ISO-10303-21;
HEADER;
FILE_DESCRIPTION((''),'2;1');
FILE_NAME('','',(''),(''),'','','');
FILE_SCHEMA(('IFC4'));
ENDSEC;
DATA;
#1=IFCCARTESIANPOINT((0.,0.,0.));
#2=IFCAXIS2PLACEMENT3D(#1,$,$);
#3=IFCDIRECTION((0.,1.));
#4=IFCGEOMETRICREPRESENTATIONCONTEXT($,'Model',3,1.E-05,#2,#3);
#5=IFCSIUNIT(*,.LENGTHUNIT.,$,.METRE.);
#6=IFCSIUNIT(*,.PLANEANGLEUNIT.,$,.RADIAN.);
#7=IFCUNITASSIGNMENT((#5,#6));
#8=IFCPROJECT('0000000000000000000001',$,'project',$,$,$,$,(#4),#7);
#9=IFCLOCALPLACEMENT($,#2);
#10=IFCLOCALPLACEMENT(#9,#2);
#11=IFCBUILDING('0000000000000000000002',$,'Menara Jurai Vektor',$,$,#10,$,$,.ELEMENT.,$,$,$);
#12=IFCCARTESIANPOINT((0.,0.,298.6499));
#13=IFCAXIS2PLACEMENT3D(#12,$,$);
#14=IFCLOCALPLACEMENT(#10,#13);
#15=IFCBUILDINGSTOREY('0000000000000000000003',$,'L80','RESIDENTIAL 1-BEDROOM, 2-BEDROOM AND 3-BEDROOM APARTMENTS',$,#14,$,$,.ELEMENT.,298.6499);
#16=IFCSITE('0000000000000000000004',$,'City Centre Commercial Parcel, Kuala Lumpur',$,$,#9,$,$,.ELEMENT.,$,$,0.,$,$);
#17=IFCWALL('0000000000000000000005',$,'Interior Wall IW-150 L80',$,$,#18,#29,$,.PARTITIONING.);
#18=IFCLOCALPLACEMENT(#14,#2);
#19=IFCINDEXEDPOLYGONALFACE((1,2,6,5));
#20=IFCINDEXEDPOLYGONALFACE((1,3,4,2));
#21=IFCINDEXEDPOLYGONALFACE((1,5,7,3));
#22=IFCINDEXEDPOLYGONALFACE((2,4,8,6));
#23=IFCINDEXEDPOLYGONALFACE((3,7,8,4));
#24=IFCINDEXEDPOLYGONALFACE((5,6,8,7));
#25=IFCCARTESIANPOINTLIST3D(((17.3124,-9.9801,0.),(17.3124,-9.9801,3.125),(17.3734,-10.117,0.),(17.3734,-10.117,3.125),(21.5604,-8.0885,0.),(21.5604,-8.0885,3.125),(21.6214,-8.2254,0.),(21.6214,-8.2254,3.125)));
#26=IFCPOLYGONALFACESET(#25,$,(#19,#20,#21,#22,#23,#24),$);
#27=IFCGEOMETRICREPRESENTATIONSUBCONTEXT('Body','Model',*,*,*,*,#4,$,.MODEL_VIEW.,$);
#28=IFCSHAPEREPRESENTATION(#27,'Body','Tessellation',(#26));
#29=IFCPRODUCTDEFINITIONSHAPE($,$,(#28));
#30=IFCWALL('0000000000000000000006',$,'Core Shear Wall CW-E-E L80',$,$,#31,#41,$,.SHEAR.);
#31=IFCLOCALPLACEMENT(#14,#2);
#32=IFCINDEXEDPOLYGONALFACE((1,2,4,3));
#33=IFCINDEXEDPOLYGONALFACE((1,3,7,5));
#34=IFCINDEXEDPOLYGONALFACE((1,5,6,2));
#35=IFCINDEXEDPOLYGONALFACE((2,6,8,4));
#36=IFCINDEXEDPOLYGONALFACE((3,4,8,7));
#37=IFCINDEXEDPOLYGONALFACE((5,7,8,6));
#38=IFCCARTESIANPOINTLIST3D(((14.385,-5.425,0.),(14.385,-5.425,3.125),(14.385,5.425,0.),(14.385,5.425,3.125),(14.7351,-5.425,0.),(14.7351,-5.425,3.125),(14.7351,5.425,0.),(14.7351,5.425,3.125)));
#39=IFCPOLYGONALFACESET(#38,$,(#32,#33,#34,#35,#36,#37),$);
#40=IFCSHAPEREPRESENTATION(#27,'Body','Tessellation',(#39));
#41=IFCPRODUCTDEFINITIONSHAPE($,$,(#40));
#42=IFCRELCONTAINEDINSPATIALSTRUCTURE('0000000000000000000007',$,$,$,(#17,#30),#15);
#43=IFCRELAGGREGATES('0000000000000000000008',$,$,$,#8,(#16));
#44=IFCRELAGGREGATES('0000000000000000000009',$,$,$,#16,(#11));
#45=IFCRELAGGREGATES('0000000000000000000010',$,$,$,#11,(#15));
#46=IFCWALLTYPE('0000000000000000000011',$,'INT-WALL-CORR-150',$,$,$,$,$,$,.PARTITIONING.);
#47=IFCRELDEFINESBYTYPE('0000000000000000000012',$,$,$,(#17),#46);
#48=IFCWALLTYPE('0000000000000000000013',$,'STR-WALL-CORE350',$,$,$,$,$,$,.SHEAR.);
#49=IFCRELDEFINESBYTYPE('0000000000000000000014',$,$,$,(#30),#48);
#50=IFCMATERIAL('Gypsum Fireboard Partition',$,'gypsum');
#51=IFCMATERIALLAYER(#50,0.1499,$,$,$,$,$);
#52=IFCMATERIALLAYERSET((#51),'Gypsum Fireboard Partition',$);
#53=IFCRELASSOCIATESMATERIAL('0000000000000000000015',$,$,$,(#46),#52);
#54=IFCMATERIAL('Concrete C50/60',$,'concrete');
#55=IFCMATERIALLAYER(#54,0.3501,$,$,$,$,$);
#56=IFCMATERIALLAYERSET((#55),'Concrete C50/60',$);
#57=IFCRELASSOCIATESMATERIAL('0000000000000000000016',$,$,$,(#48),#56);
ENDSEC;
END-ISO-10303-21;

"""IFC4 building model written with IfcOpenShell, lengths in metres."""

from ifc_helpers import new_model, si_unit, direction, frame, frame_2d, origin, place, context, subcontext, project, spatial, rectangle, extrude, material, layer, layer_set, type_object, element, save


model = new_model("IFC4")

# Units and contexts
model_context = context("Model", 3, precision=1e-05, world=origin(), true_north=direction((0.0, 1.0)))
body_context = subcontext(model_context, "Body", "Model", "MODEL_VIEW")
ifc_project = project(units=[si_unit("LENGTHUNIT", "METRE"), si_unit("PLANEANGLEUNIT", "RADIAN")], contexts=[model_context])

# Site, building, storey
site_placement = place(None, origin())
site = spatial("IfcSite", under=ifc_project, at=site_placement, Name="City Centre Commercial Parcel, Kuala Lumpur", CompositionType="ELEMENT", RefElevation=0.0)
building_placement = place(site_placement, origin())
building = spatial("IfcBuilding", under=site, at=building_placement, Name="Menara Jurai Vektor", CompositionType="ELEMENT")
storey_placement = place(building_placement, frame((0.0, 0.0, 298.6499)))
storey = spatial("IfcBuildingStorey", under=building, at=storey_placement, Name="L80", Description="RESIDENTIAL 1-BEDROOM, 2-BEDROOM AND 3-BEDROOM APARTMENTS", CompositionType="ELEMENT", Elevation=298.6499)

# Shared definitions
ifc_material_1 = material(Name="Concrete C50/60", Category="concrete")

# Shared definitions
ifc_material_2 = material(Name="Gypsum Fireboard Partition", Category="gypsum")
ifc_layer_1 = layer(ifc_material_2, 0.1499)
ifc_layer_set_1 = layer_set([ifc_layer_1], Name="Gypsum Fireboard Partition")
wall_type_1 = type_object("IfcWallType", Name="INT-WALL-CORR-150", PredefinedType="PARTITIONING", material=ifc_layer_set_1)

# Walls
wall_1_placement = place(storey_placement, frame((17.3428, -10.0486, 0.0), z_axis=(0.0, 0.0, 1.0), x_axis=(0.913526, 0.406781, 0.0)))
element("IfcWall", 1, at=wall_1_placement, inside=storey, type_object=wall_type_1, Name="Interior Wall IW-150 L80", PredefinedType="PARTITIONING", context=body_context, shape_type="SweptSolid", body=[
    extrude(rectangle(XDim=4.6501, YDim=0.1499, at=frame_2d((2.3252, 0.0))), origin(), (0.0, 0.0, 1.0), 3.125),
])
ifc_layer_2 = layer(ifc_material_1, 0.3501)
ifc_layer_set_2 = layer_set([ifc_layer_2], Name="Concrete C50/60")
wall_type_2 = type_object("IfcWallType", Name="STR-WALL-CORE350", PredefinedType="SHEAR", material=ifc_layer_set_2)
wall_2_placement = place(storey_placement, frame((14.5601, -5.425, 0.0), z_axis=(0.0, 0.0, 1.0), x_axis=(0.0, 1.0, 0.0)))
element("IfcWall", 2, at=wall_2_placement, inside=storey, type_object=wall_type_2, Name="Core Shear Wall CW-E-E L80", PredefinedType="SHEAR", context=body_context, shape_type="SweptSolid", body=[
    extrude(rectangle(XDim=10.8501, YDim=0.3501, at=frame_2d((5.425, 0.0))), origin(), (0.0, 0.0, 1.0), 3.125),
])

save(model, "model.ifc")
